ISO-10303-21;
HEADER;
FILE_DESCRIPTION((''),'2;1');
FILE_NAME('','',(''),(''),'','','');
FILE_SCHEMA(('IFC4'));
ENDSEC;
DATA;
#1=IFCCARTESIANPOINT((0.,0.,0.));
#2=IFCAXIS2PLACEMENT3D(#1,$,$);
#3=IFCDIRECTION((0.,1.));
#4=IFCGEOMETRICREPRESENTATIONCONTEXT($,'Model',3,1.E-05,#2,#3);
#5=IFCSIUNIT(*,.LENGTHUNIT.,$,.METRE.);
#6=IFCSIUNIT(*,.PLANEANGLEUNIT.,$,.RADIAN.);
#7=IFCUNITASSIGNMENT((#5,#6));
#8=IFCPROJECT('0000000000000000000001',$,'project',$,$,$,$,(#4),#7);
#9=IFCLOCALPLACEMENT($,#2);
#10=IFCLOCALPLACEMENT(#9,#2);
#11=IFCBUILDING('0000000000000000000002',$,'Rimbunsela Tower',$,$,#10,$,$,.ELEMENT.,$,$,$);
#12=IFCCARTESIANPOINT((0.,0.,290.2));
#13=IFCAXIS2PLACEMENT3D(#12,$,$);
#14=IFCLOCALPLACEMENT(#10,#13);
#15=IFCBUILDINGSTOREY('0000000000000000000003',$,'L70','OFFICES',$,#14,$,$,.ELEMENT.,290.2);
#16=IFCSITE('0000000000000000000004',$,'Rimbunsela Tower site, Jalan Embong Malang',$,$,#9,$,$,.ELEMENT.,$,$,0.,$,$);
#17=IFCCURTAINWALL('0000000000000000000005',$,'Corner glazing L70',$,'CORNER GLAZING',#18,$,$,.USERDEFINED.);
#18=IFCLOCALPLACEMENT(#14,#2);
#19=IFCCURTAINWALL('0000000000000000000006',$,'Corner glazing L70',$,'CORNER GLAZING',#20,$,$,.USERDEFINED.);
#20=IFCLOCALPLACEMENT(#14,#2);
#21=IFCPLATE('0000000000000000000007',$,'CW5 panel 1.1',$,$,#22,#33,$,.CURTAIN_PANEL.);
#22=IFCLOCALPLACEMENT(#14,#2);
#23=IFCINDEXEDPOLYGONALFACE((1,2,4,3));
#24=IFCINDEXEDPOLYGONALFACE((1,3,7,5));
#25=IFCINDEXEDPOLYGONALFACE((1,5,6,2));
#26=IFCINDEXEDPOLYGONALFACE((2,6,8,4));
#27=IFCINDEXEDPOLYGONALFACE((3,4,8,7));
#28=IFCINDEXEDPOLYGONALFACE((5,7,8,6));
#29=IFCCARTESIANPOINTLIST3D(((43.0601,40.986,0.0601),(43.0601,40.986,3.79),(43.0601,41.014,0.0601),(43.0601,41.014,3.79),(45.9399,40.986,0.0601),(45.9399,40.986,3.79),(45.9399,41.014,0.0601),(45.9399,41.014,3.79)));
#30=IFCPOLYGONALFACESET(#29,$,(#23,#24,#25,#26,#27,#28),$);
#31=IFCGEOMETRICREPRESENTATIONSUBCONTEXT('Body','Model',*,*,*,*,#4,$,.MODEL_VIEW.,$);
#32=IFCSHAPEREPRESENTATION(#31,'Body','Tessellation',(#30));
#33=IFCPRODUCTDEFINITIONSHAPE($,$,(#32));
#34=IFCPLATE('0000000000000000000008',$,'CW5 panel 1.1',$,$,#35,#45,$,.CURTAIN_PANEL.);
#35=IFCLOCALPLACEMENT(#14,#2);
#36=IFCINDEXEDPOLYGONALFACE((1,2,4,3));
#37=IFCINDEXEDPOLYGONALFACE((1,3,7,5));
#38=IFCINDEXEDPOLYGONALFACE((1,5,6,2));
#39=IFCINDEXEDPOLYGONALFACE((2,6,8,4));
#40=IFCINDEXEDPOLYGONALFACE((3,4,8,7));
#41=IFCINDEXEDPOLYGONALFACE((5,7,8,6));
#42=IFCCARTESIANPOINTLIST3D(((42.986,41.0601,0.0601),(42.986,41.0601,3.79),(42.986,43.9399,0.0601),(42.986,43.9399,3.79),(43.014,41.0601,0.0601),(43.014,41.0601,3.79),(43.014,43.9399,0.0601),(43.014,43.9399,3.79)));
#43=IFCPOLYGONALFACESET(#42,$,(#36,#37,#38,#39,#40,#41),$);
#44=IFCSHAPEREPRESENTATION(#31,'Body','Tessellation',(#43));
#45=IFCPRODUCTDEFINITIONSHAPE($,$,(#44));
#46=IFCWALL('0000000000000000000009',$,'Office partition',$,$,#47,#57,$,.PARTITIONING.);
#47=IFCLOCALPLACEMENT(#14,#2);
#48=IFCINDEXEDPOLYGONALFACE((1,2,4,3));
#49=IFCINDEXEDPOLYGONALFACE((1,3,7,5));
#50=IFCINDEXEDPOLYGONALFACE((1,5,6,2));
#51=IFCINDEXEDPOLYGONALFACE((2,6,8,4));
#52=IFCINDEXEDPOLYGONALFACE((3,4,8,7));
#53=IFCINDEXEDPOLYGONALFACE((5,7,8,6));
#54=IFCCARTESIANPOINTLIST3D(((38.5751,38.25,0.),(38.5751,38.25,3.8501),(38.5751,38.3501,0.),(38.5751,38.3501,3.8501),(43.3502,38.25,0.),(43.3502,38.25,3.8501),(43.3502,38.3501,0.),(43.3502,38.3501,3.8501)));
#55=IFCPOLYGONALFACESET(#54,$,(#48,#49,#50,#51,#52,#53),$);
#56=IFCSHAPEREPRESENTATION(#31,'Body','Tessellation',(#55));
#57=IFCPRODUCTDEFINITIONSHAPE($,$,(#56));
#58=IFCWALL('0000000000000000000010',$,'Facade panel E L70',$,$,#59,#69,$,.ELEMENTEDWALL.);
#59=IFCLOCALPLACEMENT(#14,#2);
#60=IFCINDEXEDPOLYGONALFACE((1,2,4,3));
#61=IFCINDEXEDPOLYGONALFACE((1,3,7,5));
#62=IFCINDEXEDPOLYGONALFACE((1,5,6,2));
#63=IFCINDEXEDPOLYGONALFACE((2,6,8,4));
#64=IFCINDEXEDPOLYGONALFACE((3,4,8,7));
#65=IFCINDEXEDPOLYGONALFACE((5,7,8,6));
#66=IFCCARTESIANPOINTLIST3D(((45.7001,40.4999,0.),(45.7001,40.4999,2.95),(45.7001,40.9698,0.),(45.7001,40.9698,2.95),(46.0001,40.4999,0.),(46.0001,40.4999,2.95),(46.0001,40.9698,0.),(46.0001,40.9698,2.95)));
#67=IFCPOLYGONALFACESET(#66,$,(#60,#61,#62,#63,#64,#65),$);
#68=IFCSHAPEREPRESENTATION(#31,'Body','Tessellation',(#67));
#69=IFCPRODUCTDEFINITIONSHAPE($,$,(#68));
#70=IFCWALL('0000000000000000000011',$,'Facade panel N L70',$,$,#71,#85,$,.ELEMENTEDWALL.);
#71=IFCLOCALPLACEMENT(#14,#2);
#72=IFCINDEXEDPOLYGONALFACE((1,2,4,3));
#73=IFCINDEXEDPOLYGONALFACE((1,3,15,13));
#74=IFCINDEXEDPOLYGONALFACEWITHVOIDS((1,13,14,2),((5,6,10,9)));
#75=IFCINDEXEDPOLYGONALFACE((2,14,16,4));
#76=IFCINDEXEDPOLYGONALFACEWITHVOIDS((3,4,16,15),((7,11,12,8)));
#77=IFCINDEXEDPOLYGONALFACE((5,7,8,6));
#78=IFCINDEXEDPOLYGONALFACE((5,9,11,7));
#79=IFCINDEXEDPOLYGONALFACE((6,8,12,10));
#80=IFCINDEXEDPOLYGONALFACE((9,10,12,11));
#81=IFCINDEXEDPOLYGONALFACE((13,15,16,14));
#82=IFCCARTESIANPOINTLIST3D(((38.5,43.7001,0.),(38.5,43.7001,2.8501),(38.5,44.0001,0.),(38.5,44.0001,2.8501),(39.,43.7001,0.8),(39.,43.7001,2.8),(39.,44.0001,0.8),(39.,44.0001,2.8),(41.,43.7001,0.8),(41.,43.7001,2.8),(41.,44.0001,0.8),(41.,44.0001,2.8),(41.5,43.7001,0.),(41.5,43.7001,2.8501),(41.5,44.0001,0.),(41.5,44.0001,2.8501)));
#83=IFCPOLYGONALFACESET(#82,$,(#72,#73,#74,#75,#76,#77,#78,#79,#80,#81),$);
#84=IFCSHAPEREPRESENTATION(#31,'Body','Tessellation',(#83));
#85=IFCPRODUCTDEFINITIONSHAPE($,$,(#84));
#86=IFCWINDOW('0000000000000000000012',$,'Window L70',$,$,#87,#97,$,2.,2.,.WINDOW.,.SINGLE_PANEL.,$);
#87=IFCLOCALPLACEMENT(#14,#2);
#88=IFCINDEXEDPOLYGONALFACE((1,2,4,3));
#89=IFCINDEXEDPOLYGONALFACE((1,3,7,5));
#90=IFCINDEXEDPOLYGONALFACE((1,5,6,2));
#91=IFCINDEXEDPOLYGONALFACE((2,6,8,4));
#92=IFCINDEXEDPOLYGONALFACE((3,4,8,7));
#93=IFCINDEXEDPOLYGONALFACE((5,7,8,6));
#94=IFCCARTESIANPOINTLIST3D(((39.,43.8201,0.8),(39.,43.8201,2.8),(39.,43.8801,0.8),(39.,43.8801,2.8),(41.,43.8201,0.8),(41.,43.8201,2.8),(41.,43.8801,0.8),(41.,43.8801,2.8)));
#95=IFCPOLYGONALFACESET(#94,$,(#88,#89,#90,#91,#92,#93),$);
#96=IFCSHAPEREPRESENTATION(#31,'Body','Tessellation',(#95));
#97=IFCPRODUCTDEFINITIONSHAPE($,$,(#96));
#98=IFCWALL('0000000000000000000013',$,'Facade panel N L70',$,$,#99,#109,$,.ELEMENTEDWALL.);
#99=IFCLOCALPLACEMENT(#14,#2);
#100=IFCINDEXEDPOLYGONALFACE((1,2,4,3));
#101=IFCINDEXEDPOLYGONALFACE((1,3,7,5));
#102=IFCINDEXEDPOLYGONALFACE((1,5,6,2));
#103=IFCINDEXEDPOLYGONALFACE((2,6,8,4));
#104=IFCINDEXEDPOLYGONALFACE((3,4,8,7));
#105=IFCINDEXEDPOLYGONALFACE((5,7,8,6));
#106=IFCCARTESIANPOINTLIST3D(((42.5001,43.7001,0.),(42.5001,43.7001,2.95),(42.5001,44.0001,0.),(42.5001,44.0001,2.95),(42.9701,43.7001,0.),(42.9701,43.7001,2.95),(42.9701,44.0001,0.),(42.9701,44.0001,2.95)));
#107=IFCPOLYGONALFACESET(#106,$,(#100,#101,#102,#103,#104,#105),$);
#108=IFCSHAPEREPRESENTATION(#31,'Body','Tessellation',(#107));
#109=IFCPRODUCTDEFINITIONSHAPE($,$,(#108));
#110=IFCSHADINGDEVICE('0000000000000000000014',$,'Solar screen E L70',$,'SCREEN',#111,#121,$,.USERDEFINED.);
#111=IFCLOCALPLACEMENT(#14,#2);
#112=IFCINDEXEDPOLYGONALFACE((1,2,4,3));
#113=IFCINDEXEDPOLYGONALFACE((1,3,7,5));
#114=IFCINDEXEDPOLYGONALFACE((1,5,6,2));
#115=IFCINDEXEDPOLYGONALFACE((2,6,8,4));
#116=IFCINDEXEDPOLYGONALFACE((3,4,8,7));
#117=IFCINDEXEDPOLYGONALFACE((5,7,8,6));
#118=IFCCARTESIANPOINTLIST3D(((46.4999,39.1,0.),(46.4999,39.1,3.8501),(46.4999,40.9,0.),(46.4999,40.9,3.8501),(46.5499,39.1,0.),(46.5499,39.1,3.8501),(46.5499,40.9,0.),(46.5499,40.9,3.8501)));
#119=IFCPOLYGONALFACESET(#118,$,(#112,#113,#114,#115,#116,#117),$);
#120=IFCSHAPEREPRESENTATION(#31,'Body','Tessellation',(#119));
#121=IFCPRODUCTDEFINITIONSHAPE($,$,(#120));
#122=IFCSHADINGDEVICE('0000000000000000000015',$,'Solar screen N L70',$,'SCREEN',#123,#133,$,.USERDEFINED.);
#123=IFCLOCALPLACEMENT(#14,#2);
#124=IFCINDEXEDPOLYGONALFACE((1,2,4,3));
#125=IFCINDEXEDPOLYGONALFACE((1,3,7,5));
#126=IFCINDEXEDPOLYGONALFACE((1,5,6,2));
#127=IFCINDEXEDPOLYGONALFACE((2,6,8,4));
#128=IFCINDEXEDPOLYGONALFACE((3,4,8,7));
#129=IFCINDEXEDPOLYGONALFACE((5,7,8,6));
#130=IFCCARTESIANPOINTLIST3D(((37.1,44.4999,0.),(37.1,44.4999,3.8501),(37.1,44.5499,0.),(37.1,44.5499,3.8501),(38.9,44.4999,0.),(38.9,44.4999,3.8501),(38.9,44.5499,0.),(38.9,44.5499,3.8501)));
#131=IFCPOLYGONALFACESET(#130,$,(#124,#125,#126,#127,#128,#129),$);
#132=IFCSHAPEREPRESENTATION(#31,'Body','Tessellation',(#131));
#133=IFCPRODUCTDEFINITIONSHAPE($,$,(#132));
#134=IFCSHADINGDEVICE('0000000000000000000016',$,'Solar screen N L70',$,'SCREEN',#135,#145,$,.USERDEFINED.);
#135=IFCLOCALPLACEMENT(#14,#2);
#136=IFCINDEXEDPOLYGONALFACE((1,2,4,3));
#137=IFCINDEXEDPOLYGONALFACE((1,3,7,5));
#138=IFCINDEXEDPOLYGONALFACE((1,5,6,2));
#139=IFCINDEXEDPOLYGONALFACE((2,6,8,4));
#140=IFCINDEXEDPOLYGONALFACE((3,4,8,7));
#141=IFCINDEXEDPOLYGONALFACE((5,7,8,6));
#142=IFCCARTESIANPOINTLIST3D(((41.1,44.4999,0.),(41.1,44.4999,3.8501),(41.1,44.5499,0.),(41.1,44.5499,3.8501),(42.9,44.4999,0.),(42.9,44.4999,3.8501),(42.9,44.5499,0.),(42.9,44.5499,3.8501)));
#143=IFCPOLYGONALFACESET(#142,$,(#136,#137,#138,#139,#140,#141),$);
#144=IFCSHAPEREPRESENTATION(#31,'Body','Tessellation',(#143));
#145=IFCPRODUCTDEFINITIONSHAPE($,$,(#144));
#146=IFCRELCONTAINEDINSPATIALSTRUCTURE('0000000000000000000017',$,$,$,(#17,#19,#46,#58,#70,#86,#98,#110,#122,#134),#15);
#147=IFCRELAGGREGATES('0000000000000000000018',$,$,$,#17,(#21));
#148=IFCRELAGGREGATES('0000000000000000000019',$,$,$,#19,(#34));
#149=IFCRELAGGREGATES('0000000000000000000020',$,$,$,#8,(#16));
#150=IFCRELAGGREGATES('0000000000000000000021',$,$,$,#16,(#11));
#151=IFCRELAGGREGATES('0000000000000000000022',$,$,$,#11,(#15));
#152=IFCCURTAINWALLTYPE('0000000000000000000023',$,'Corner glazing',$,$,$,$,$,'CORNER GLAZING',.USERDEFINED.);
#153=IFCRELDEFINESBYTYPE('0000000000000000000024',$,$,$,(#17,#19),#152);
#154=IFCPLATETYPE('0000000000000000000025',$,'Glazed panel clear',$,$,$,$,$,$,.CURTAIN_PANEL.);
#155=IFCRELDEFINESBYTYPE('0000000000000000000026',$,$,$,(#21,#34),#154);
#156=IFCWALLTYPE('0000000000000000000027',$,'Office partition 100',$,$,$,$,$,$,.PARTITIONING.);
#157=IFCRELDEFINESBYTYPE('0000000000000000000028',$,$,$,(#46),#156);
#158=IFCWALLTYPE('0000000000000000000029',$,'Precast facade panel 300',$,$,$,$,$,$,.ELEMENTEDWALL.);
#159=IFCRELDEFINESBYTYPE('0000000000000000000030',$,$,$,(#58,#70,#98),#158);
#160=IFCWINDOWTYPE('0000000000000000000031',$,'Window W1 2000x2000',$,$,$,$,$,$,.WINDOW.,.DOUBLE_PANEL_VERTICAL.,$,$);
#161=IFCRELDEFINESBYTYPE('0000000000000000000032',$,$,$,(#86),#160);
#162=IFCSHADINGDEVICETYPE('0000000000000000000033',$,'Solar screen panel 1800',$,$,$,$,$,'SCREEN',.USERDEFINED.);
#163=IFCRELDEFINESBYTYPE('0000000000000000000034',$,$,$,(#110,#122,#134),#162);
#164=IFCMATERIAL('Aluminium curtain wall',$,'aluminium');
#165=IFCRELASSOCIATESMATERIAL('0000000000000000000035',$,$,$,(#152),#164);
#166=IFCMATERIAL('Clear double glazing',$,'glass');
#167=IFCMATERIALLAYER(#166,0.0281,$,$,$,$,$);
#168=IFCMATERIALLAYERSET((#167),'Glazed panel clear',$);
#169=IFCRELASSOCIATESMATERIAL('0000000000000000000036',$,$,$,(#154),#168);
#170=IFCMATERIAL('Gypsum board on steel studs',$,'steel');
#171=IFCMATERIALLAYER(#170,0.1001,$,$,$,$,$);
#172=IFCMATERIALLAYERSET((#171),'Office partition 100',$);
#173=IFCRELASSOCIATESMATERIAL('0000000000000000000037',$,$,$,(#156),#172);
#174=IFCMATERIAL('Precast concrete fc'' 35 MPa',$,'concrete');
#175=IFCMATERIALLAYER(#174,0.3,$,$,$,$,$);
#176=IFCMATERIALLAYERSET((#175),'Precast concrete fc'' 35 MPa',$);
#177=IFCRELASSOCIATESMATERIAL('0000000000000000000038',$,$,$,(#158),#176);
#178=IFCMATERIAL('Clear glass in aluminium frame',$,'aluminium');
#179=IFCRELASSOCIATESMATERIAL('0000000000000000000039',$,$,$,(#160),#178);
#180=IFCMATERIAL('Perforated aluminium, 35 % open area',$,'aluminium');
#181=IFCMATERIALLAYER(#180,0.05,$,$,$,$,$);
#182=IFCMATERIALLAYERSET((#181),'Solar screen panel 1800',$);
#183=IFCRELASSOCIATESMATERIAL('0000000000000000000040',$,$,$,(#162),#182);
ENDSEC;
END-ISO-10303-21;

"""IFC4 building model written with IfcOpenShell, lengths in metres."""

from ifc_helpers import new_model, si_unit, direction, frame, frame_2d, origin, origin_2d, place, context, subcontext, project, spatial, rectangle, extrude, material, layer, layer_set, type_object, element, fill, aggregate, save


model = new_model("IFC4")

# Units and contexts
model_context = context("Model", 3, precision=1e-05, world=origin(), true_north=direction((0.0, 1.0)))
body_context = subcontext(model_context, "Body", "Model", "MODEL_VIEW")
ifc_project = project(units=[si_unit("LENGTHUNIT", "METRE"), si_unit("PLANEANGLEUNIT", "RADIAN")], contexts=[model_context])

# Site, building, storey
site_placement = place(None, origin())
site = spatial("IfcSite", under=ifc_project, at=site_placement, Name="Rimbunsela Tower site, Jalan Embong Malang", CompositionType="ELEMENT", RefElevation=0.0)
building_placement = place(site_placement, origin())
building = spatial("IfcBuilding", under=site, at=building_placement, Name="Rimbunsela Tower", CompositionType="ELEMENT")
storey_placement = place(building_placement, frame((0.0, 0.0, 290.2)))
storey = spatial("IfcBuildingStorey", under=building, at=storey_placement, Name="L70", Description="OFFICES", CompositionType="ELEMENT", Elevation=290.2)

# Curtain walls
ifc_material_1 = material(Name="Aluminium curtain wall", Category="aluminium")
curtain_wall_type = type_object("IfcCurtainWallType", Name="Corner glazing", ElementType="CORNER GLAZING", PredefinedType="USERDEFINED", material=ifc_material_1)
curtain_wall_1_placement = place(storey_placement, origin())
curtain_wall_1 = element("IfcCurtainWall", 1, at=curtain_wall_1_placement, inside=storey, type_object=curtain_wall_type, Name="Corner glazing L70", ObjectType="CORNER GLAZING", PredefinedType="USERDEFINED")
curtain_wall_2_placement = place(storey_placement, origin())
curtain_wall_2 = element("IfcCurtainWall", 2, at=curtain_wall_2_placement, inside=storey, type_object=curtain_wall_type, Name="Corner glazing L70", ObjectType="CORNER GLAZING", PredefinedType="USERDEFINED")

# Plates
ifc_material_2 = material(Name="Clear double glazing", Category="glass")
ifc_layer_1 = layer(ifc_material_2, 0.0281)
ifc_layer_set_1 = layer_set([ifc_layer_1], Name="Glazed panel clear")
plate_type = type_object("IfcPlateType", Name="Glazed panel clear", PredefinedType="CURTAIN_PANEL", material=ifc_layer_set_1)
plate_1_placement = place(storey_placement, frame((44.5, 41.0, 0.0601), z_axis=(0.0, 0.0, 1.0), x_axis=(-1.0, 0.0, 0.0)))
plate_1 = element("IfcPlate", 3, at=plate_1_placement, type_object=plate_type, Name="CW5 panel 1.1", PredefinedType="CURTAIN_PANEL", context=body_context, shape_type="SweptSolid", body=[
    extrude(rectangle(XDim=2.8799, YDim=0.0281, at=origin_2d()), origin(), (0.0, 0.0, 1.0), 3.73),
])
aggregate(curtain_wall_1, [plate_1])
plate_2_placement = place(storey_placement, frame((43.0, 42.5, 0.0601), z_axis=(0.0, 0.0, 1.0), x_axis=(0.0, 1.0, 0.0)))
plate_2 = element("IfcPlate", 4, at=plate_2_placement, type_object=plate_type, Name="CW5 panel 1.1", PredefinedType="CURTAIN_PANEL", context=body_context, shape_type="SweptSolid", body=[
    extrude(rectangle(XDim=2.8799, YDim=0.0281, at=origin_2d()), origin(), (0.0, 0.0, 1.0), 3.73),
])
aggregate(curtain_wall_2, [plate_2])

# Walls
ifc_material_3 = material(Name="Gypsum board on steel studs", Category="steel")
ifc_layer_2 = layer(ifc_material_3, 0.1001)
ifc_layer_set_2 = layer_set([ifc_layer_2], Name="Office partition 100")
wall_type_1 = type_object("IfcWallType", Name="Office partition 100", PredefinedType="PARTITIONING", material=ifc_layer_set_2)
wall_1_placement = place(storey_placement, frame((38.575, 38.3, 0.0), z_axis=(0.0, 0.0, 1.0), x_axis=(1.0, 0.0, 0.0)))
element("IfcWall", 5, at=wall_1_placement, inside=storey, type_object=wall_type_1, Name="Office partition", PredefinedType="PARTITIONING", context=body_context, shape_type="SweptSolid", body=[
    extrude(rectangle(XDim=4.7751, YDim=0.1001, at=frame_2d((2.3877, 0.0))), origin(), (0.0, 0.0, 1.0), 3.8501),
])
ifc_material_4 = material(Name="Precast concrete fc' 35 MPa", Category="concrete")
ifc_layer_3 = layer(ifc_material_4, 0.3)
ifc_layer_set_3 = layer_set([ifc_layer_3], Name="Precast concrete fc' 35 MPa")
wall_type_2 = type_object("IfcWallType", Name="Precast facade panel 300", PredefinedType="ELEMENTEDWALL", material=ifc_layer_set_3)
wall_2_placement = place(storey_placement, frame((45.8501, 40.5, 0.0), z_axis=(0.0, 0.0, 1.0), x_axis=(0.0, 1.0, 0.0)))
element("IfcWall", 6, at=wall_2_placement, inside=storey, type_object=wall_type_2, Name="Facade panel E L70", PredefinedType="ELEMENTEDWALL", context=body_context, shape_type="SweptSolid", body=[
    extrude(rectangle(XDim=0.47, YDim=0.3, at=frame_2d((0.2349, 0.0))), origin(), (0.0, 0.0, 1.0), 2.95),
])

# Wall, opening, window
wall_3_placement = place(storey_placement, frame((41.5, 43.8501, 0.0), z_axis=(0.0, 0.0, 1.0), x_axis=(-1.0, 0.0, 0.0)))
wall_3 = element("IfcWall", 7, at=wall_3_placement, inside=storey, type_object=wall_type_2, Name="Facade panel N L70", PredefinedType="ELEMENTEDWALL", context=body_context, shape_type="SweptSolid", body=[
    extrude(rectangle(XDim=3.0, YDim=0.3, at=frame_2d((1.5, 0.0))), origin(), (0.0, 0.0, 1.0), 2.8501),
])
opening_placement = place(wall_3_placement, frame((0.5, 0.0, 0.8)))
opening = element("IfcOpeningElement", 8, at=opening_placement, cuts=wall_3, PredefinedType="OPENING", context=body_context, shape_type="SweptSolid", body=[
    extrude(rectangle(XDim=2.0, YDim=2.0, at=frame_2d((1.0, 1.0))), frame((0.0, 0.1599, 0.0), z_axis=(0.0, -1.0, 0.0), x_axis=(1.0, 0.0, 0.0)), (0.0, 0.0, 1.0), 0.3201),
])
ifc_material_5 = material(Name="Clear glass in aluminium frame", Category="aluminium")
window_type = type_object("IfcWindowType", Name="Window W1 2000x2000", PartitioningType="DOUBLE_PANEL_VERTICAL", PredefinedType="WINDOW", material=ifc_material_5)
window_placement = place(opening_placement, origin())
window = element("IfcWindow", 9, at=window_placement, inside=storey, type_object=window_type, Name="Window L70", OverallHeight=2.0, OverallWidth=2.0, PartitioningType="SINGLE_PANEL", PredefinedType="WINDOW", context=body_context, shape_type="SweptSolid", body=[
    extrude(rectangle(XDim=2.0, YDim=2.0, at=frame_2d((1.0, 1.0))), frame((0.0, 0.03, 0.0), z_axis=(0.0, -1.0, 0.0), x_axis=(1.0, 0.0, 0.0)), (0.0, 0.0, 1.0), 0.0601),
])
fill(opening, window)

# Wall
wall_4_placement = place(storey_placement, frame((42.97, 43.8501, 0.0), z_axis=(0.0, 0.0, 1.0), x_axis=(-1.0, 0.0, 0.0)))
element("IfcWall", 10, at=wall_4_placement, inside=storey, type_object=wall_type_2, Name="Facade panel N L70", PredefinedType="ELEMENTEDWALL", context=body_context, shape_type="SweptSolid", body=[
    extrude(rectangle(XDim=0.47, YDim=0.3, at=frame_2d((0.2349, 0.0))), origin(), (0.0, 0.0, 1.0), 2.95),
])

# Shading devices
ifc_material_6 = material(Name="Perforated aluminium, 35 % open area", Category="aluminium")
ifc_layer_4 = layer(ifc_material_6, 0.05)
ifc_layer_set_4 = layer_set([ifc_layer_4], Name="Solar screen panel 1800")
shading_device_type = type_object("IfcShadingDeviceType", Name="Solar screen panel 1800", ElementType="SCREEN", PredefinedType="USERDEFINED", material=ifc_layer_set_4)
for number, where, z_axis, x_axis, name in (
    (11, (46.5249, 40.0, 0.0), (0.0, 0.0, 1.0), (0.0, 1.0, 0.0), "Solar screen E L70"),
    (12, (38.0, 44.5249, 0.0), (0.0, 0.0, 1.0), (1.0, 0.0, 0.0), "Solar screen N L70"),
    (13, (42.0, 44.5249, 0.0), (0.0, 0.0, 1.0), (1.0, 0.0, 0.0), "Solar screen N L70"),
):
    element("IfcShadingDevice", number, at=place(storey_placement, frame(where, z_axis=z_axis, x_axis=x_axis)), inside=storey, type_object=shading_device_type, Name=name, ObjectType="SCREEN", PredefinedType="USERDEFINED", context=body_context, shape_type="SweptSolid", body=[
        extrude(rectangle(XDim=1.8, YDim=0.05, at=origin_2d()), origin(), (0.0, 0.0, 1.0), 3.8501),
    ])

save(model, "model.ifc")
